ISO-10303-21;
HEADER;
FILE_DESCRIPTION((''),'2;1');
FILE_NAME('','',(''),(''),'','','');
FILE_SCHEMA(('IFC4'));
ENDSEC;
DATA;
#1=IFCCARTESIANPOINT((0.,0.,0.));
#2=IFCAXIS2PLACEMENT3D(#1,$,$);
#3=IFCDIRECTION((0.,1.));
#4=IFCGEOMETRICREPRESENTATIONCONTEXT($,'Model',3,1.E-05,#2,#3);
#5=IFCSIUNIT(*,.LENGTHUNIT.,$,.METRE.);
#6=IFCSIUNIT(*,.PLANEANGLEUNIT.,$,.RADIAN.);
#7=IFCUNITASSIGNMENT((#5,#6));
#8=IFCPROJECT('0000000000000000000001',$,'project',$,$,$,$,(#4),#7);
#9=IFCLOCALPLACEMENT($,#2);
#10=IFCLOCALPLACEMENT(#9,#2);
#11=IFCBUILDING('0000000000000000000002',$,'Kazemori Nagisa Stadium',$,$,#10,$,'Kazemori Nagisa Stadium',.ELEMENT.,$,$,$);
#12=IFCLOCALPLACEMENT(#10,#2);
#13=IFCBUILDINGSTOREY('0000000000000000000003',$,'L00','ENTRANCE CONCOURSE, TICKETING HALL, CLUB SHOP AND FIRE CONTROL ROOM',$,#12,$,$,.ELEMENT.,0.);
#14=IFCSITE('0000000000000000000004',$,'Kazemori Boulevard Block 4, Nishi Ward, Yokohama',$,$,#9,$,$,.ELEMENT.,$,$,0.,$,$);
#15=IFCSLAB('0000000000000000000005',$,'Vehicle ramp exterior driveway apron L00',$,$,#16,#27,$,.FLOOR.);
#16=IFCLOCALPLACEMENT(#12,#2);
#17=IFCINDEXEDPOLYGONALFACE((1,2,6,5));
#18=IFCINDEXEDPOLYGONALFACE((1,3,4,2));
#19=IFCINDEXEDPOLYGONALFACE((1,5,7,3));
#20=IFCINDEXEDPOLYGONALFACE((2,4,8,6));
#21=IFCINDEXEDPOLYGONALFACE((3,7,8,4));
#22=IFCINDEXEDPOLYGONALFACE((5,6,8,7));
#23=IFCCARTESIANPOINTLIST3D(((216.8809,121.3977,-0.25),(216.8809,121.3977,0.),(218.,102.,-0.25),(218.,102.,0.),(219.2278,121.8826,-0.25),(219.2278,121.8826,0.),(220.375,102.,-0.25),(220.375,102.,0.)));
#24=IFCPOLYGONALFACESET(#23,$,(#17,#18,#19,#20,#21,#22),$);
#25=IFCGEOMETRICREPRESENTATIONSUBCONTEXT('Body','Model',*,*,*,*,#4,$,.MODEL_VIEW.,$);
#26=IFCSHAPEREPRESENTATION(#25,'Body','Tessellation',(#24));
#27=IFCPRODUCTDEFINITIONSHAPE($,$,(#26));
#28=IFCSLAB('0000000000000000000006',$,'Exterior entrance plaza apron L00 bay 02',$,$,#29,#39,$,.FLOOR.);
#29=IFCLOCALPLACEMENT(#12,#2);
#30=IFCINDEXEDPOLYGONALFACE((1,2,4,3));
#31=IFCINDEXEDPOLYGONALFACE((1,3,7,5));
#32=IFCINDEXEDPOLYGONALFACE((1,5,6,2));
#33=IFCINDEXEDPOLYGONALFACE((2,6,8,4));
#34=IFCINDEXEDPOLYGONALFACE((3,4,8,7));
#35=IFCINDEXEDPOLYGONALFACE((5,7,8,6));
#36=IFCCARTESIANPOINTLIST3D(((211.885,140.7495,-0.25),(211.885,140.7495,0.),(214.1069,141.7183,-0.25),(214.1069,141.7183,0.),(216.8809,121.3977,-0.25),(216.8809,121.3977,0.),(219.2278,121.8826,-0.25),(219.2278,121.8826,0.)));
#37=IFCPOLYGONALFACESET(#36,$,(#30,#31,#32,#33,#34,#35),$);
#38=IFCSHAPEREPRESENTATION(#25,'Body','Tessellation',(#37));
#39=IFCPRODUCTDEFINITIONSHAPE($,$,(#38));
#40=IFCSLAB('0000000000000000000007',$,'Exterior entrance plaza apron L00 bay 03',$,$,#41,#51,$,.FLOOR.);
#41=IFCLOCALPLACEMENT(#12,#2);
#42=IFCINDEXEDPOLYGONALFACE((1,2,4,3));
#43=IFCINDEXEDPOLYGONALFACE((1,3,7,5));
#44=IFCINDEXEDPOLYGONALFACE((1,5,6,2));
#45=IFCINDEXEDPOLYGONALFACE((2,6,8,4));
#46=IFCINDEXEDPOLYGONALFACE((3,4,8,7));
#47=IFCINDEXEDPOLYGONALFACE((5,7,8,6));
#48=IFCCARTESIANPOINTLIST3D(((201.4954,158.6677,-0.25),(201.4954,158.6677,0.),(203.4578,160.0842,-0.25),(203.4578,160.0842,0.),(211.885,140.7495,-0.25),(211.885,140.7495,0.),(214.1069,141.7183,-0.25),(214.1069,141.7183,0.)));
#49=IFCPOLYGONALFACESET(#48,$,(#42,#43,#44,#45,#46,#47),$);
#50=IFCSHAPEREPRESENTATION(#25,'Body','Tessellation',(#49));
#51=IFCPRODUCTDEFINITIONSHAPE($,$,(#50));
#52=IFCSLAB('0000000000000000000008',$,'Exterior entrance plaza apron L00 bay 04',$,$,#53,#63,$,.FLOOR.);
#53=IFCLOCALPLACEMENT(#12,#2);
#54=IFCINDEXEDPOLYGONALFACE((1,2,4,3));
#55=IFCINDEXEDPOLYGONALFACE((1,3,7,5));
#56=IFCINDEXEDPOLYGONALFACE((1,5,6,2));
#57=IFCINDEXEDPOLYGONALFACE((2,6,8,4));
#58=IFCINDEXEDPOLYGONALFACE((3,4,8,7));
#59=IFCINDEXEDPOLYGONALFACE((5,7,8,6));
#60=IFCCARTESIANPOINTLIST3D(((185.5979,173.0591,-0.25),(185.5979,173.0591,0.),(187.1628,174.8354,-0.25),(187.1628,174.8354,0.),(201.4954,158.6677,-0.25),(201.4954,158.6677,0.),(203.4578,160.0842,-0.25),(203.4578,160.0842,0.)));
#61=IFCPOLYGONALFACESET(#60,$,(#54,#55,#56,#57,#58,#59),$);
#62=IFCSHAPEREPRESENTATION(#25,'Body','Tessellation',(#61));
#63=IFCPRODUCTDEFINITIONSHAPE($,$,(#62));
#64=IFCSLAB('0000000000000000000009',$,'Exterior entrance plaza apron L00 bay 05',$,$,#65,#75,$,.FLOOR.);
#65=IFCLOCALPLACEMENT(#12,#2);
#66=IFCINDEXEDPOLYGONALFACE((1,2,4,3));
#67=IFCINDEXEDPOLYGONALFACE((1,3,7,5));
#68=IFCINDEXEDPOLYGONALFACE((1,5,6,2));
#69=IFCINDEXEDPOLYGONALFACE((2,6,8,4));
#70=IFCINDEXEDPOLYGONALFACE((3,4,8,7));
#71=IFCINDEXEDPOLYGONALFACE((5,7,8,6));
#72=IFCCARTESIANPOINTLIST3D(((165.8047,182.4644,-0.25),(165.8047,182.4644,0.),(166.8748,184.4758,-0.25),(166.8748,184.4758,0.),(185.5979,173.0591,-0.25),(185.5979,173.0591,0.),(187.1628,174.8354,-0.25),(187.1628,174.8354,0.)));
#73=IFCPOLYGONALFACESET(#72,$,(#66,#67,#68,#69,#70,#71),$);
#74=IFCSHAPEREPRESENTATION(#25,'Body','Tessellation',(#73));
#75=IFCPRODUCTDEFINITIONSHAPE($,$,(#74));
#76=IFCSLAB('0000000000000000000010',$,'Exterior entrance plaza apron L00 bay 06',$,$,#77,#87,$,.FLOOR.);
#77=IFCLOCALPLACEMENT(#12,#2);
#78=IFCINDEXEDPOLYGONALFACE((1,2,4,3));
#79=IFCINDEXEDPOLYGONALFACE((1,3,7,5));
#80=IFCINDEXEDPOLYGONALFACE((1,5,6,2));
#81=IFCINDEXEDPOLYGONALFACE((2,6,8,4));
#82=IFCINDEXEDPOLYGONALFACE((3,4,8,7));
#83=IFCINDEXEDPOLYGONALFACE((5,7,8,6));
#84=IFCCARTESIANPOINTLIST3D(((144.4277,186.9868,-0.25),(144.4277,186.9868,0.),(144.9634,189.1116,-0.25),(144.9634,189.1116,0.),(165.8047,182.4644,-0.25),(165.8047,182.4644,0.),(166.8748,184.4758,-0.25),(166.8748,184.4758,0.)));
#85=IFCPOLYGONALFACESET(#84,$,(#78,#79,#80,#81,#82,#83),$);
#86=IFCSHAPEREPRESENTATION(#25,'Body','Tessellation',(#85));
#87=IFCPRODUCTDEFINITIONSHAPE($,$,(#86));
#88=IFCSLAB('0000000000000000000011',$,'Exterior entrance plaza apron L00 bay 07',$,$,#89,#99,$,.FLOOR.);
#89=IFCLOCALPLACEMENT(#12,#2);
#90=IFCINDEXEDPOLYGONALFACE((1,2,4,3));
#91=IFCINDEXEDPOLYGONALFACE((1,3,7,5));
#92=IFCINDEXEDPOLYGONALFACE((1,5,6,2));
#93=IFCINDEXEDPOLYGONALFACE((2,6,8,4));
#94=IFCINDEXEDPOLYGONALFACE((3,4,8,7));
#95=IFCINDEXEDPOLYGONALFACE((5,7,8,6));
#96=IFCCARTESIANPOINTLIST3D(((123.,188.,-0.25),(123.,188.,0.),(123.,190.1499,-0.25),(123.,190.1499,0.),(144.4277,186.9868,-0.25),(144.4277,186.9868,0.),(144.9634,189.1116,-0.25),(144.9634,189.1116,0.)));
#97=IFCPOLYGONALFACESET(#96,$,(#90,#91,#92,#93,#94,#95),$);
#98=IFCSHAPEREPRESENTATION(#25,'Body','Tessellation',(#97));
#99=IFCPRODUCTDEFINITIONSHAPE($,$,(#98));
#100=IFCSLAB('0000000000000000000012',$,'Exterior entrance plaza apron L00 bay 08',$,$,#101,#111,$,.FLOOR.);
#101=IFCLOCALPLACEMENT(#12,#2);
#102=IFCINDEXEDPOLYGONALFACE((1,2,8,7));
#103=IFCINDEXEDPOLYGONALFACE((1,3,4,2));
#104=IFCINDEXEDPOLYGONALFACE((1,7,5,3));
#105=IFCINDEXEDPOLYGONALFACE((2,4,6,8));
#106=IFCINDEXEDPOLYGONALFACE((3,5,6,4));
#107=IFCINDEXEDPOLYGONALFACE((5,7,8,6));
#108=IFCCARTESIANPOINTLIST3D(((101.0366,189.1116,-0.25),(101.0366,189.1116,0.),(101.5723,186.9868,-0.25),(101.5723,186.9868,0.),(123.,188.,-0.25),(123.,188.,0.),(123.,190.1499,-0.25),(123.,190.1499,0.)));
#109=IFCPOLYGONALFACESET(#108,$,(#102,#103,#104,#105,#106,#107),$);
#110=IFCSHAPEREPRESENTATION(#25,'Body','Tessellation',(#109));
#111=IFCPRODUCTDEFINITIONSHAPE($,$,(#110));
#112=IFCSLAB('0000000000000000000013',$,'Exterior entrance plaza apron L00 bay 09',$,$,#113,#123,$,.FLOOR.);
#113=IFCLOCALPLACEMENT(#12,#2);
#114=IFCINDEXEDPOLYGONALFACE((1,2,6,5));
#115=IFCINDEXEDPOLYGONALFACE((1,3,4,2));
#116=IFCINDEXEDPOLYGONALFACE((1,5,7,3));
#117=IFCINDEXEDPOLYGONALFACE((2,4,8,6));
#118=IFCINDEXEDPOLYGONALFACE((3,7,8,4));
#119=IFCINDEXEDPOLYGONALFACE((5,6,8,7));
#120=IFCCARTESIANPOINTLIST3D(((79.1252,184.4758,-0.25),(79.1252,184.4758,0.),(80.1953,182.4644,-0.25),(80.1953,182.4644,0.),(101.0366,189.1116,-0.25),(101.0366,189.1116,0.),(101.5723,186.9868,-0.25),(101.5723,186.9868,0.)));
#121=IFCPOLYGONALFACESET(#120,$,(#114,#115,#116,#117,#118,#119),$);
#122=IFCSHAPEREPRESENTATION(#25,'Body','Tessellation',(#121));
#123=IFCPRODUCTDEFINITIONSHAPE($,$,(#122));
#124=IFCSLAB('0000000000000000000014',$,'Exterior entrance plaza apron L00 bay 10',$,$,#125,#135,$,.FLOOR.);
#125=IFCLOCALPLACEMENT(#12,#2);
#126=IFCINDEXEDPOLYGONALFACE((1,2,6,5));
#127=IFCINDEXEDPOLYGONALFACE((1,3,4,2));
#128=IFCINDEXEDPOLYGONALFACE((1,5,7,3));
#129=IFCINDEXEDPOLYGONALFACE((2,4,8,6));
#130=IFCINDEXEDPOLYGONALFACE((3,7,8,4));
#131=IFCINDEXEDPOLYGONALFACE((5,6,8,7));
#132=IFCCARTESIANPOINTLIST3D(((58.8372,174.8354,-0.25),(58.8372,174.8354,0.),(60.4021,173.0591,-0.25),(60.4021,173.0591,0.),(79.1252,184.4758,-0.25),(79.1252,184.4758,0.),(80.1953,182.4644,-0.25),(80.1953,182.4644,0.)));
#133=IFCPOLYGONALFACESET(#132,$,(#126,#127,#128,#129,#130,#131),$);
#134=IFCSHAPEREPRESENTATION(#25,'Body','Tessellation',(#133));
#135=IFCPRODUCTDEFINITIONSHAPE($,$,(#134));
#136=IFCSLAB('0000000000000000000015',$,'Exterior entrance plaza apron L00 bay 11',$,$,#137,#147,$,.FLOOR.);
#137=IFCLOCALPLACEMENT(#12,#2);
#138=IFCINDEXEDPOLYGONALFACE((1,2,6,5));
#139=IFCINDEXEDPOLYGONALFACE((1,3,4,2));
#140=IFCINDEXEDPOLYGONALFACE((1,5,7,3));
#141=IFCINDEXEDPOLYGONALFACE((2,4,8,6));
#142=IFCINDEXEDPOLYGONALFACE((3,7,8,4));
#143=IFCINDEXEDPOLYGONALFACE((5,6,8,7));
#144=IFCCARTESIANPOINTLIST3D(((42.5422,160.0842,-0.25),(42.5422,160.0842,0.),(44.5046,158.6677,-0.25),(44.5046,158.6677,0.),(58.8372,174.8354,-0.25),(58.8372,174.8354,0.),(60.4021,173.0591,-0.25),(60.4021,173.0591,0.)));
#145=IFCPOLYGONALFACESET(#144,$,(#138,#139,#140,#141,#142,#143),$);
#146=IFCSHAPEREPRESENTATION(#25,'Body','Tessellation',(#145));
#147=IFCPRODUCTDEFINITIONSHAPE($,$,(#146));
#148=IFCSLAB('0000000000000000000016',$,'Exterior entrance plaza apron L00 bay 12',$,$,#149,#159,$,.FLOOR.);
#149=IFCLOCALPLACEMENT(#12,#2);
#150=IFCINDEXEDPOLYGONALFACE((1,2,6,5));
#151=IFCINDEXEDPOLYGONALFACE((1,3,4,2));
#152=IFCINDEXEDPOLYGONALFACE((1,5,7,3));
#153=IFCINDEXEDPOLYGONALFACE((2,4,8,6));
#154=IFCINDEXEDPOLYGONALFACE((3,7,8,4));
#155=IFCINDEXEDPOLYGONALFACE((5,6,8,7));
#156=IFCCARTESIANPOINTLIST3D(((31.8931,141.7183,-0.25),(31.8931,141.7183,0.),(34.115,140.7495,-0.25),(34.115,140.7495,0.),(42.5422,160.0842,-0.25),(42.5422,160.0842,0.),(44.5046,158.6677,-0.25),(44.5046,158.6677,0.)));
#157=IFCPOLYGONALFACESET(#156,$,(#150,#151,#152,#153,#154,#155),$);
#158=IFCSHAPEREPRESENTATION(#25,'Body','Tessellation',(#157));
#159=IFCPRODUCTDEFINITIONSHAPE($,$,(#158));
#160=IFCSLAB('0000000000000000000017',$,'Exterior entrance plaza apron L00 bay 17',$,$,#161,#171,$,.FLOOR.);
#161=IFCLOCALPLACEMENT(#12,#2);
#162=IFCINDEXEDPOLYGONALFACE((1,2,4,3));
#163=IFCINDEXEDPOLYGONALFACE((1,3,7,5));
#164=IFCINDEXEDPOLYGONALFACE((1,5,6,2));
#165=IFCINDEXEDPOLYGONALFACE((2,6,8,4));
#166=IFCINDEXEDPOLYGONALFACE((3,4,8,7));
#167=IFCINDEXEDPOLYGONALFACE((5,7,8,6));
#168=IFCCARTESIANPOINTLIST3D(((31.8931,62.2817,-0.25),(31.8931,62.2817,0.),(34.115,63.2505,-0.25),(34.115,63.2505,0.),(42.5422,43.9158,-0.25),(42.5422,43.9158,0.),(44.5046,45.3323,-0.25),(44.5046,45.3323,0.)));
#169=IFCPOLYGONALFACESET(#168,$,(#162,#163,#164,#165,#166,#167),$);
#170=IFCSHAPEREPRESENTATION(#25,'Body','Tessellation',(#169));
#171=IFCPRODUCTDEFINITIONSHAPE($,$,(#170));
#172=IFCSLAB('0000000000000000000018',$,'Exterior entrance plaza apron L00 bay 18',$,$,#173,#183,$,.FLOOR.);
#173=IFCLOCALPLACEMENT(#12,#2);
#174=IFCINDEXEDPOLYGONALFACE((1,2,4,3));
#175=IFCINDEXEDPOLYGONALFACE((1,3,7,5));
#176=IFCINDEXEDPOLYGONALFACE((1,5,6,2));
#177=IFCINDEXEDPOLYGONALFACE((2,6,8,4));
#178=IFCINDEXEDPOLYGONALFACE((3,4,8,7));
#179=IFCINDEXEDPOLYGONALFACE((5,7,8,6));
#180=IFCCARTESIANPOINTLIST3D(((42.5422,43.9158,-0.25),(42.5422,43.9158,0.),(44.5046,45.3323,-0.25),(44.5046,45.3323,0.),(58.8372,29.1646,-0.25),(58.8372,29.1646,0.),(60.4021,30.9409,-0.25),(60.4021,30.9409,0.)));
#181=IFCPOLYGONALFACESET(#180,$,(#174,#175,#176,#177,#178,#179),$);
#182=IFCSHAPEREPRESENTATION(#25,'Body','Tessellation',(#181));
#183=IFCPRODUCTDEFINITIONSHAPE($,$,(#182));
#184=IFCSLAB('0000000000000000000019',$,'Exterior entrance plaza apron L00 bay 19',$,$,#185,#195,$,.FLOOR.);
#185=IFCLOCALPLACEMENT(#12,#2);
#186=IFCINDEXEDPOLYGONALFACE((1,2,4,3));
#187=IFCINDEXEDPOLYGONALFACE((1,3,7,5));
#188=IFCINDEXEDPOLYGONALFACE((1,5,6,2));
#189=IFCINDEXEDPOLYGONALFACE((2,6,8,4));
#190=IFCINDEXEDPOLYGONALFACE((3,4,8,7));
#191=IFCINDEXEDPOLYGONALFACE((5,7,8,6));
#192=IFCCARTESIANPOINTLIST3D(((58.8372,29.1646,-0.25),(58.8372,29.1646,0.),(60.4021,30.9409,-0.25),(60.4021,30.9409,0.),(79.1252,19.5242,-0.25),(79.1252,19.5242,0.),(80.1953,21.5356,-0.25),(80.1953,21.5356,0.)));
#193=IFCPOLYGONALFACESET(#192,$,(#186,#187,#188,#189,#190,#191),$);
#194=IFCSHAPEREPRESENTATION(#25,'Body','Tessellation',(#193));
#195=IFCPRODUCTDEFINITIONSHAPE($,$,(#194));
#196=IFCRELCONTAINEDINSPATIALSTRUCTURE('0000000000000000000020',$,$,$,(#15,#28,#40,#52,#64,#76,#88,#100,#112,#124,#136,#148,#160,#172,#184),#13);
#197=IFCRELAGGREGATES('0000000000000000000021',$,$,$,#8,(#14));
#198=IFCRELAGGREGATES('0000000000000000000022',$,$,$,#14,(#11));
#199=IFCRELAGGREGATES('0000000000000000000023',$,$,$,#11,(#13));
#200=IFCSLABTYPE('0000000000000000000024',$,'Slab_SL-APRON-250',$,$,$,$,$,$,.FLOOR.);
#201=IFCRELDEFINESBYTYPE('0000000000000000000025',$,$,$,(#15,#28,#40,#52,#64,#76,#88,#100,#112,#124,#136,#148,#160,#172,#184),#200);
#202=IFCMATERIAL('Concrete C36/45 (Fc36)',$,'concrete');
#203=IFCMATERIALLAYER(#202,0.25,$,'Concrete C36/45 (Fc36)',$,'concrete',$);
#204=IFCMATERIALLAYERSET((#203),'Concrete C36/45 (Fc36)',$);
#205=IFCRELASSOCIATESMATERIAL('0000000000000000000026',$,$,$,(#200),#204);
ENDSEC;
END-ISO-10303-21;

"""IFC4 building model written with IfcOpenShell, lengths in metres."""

from ifc_helpers import new_model, si_unit, direction, frame, origin, place, context, subcontext, project, spatial, polyline, outline, extrude, material, layer, layer_set, type_object, element, save


model = new_model("IFC4")

# Units and contexts
model_context = context("Model", 3, precision=1e-05, world=origin(), true_north=direction((0.0, 1.0)))
body_context = subcontext(model_context, "Body", "Model", "MODEL_VIEW")
ifc_project = project(units=[si_unit("LENGTHUNIT", "METRE"), si_unit("PLANEANGLEUNIT", "RADIAN")], contexts=[model_context])

# Site, building, storey
site_placement = place(None, origin())
site = spatial("IfcSite", under=ifc_project, at=site_placement, Name="Kazemori Boulevard Block 4, Nishi Ward, Yokohama", CompositionType="ELEMENT", RefElevation=0.0)
building_placement = place(site_placement, origin())
building = spatial("IfcBuilding", under=site, at=building_placement, Name="Kazemori Nagisa Stadium", LongName="Kazemori Nagisa Stadium", CompositionType="ELEMENT")
storey_placement = place(building_placement, origin())
storey = spatial("IfcBuildingStorey", under=building, at=storey_placement, Name="L00", Description="ENTRANCE CONCOURSE, TICKETING HALL, CLUB SHOP AND FIRE CONTROL ROOM", CompositionType="ELEMENT", Elevation=0.0)

# Slabs
ifc_material = material(Name="Concrete C36/45 (Fc36)", Category="concrete")
ifc_layer_1 = layer(ifc_material, 0.25, Name="Concrete C36/45 (Fc36)", Category="concrete")
ifc_layer_set_1 = layer_set([ifc_layer_1], Name="Concrete C36/45 (Fc36)")
slab_type_1 = type_object("IfcSlabType", Name="Slab_SL-APRON-250", PredefinedType="FLOOR", material=ifc_layer_set_1)
slab_1_placement = place(storey_placement, frame((0.0, 0.0, -0.25)))
element("IfcSlab", 1, at=slab_1_placement, inside=storey, type_object=slab_type_1, Name="Vehicle ramp exterior driveway apron L00", PredefinedType="FLOOR", context=body_context, shape_type="SweptSolid", body=[
    extrude(outline(polyline([(218.0, 102.0), (216.8809, 121.3977), (219.2278, 121.8826), (220.375, 102.0), (218.0, 102.0)])), origin(), (0.0, 0.0, 1.0), 0.25),
])
slab_2_placement = place(storey_placement, frame((0.0, 0.0, -0.25)))
element("IfcSlab", 2, at=slab_2_placement, inside=storey, type_object=slab_type_1, Name="Exterior entrance plaza apron L00 bay 02", PredefinedType="FLOOR", context=body_context, shape_type="SweptSolid", body=[
    extrude(outline(polyline([(216.8809, 121.3977), (211.885, 140.7495), (214.1069, 141.7183), (219.2278, 121.8826), (216.8809, 121.3977)])), origin(), (0.0, 0.0, 1.0), 0.25),
])
slab_3_placement = place(storey_placement, frame((0.0, 0.0, -0.25)))
element("IfcSlab", 3, at=slab_3_placement, inside=storey, type_object=slab_type_1, Name="Exterior entrance plaza apron L00 bay 03", PredefinedType="FLOOR", context=body_context, shape_type="SweptSolid", body=[
    extrude(outline(polyline([(211.885, 140.7495), (201.4954, 158.6677), (203.4578, 160.0842), (214.1069, 141.7183), (211.885, 140.7495)])), origin(), (0.0, 0.0, 1.0), 0.25),
])
slab_4_placement = place(storey_placement, frame((0.0, 0.0, -0.25)))
element("IfcSlab", 4, at=slab_4_placement, inside=storey, type_object=slab_type_1, Name="Exterior entrance plaza apron L00 bay 04", PredefinedType="FLOOR", context=body_context, shape_type="SweptSolid", body=[
    extrude(outline(polyline([(201.4954, 158.6677), (185.5979, 173.0591), (187.1628, 174.8354), (203.4578, 160.0842), (201.4954, 158.6677)])), origin(), (0.0, 0.0, 1.0), 0.25),
])
slab_5_placement = place(storey_placement, frame((0.0, 0.0, -0.25)))
element("IfcSlab", 5, at=slab_5_placement, inside=storey, type_object=slab_type_1, Name="Exterior entrance plaza apron L00 bay 05", PredefinedType="FLOOR", context=body_context, shape_type="SweptSolid", body=[
    extrude(outline(polyline([(185.5979, 173.0591), (165.8047, 182.4644), (166.8748, 184.4758), (187.1628, 174.8354), (185.5979, 173.0591)])), origin(), (0.0, 0.0, 1.0), 0.25),
])
slab_6_placement = place(storey_placement, frame((0.0, 0.0, -0.25)))
element("IfcSlab", 6, at=slab_6_placement, inside=storey, type_object=slab_type_1, Name="Exterior entrance plaza apron L00 bay 06", PredefinedType="FLOOR", context=body_context, shape_type="SweptSolid", body=[
    extrude(outline(polyline([(165.8047, 182.4644), (144.4277, 186.9868), (144.9634, 189.1116), (166.8748, 184.4758), (165.8047, 182.4644)])), origin(), (0.0, 0.0, 1.0), 0.25),
])
slab_7_placement = place(storey_placement, frame((0.0, 0.0, -0.25)))
element("IfcSlab", 7, at=slab_7_placement, inside=storey, type_object=slab_type_1, Name="Exterior entrance plaza apron L00 bay 07", PredefinedType="FLOOR", context=body_context, shape_type="SweptSolid", body=[
    extrude(outline(polyline([(144.4277, 186.9868), (123.0, 188.0), (123.0, 190.1499), (144.9634, 189.1116), (144.4277, 186.9868)])), origin(), (0.0, 0.0, 1.0), 0.25),
])
slab_8_placement = place(storey_placement, frame((0.0, 0.0, -0.25)))
element("IfcSlab", 8, at=slab_8_placement, inside=storey, type_object=slab_type_1, Name="Exterior entrance plaza apron L00 bay 08", PredefinedType="FLOOR", context=body_context, shape_type="SweptSolid", body=[
    extrude(outline(polyline([(123.0, 188.0), (101.5723, 186.9868), (101.0366, 189.1116), (123.0, 190.1499), (123.0, 188.0)])), origin(), (0.0, 0.0, 1.0), 0.25),
])
slab_9_placement = place(storey_placement, frame((0.0, 0.0, -0.25)))
element("IfcSlab", 9, at=slab_9_placement, inside=storey, type_object=slab_type_1, Name="Exterior entrance plaza apron L00 bay 09", PredefinedType="FLOOR", context=body_context, shape_type="SweptSolid", body=[
    extrude(outline(polyline([(101.5723, 186.9868), (80.1953, 182.4644), (79.1252, 184.4758), (101.0366, 189.1116), (101.5723, 186.9868)])), origin(), (0.0, 0.0, 1.0), 0.25),
])
slab_10_placement = place(storey_placement, frame((0.0, 0.0, -0.25)))
element("IfcSlab", 10, at=slab_10_placement, inside=storey, type_object=slab_type_1, Name="Exterior entrance plaza apron L00 bay 10", PredefinedType="FLOOR", context=body_context, shape_type="SweptSolid", body=[
    extrude(outline(polyline([(80.1953, 182.4644), (60.4021, 173.0591), (58.8372, 174.8354), (79.1252, 184.4758), (80.1953, 182.4644)])), origin(), (0.0, 0.0, 1.0), 0.25),
])
slab_11_placement = place(storey_placement, frame((0.0, 0.0, -0.25)))
element("IfcSlab", 11, at=slab_11_placement, inside=storey, type_object=slab_type_1, Name="Exterior entrance plaza apron L00 bay 11", PredefinedType="FLOOR", context=body_context, shape_type="SweptSolid", body=[
    extrude(outline(polyline([(60.4021, 173.0591), (44.5046, 158.6677), (42.5422, 160.0842), (58.8372, 174.8354), (60.4021, 173.0591)])), origin(), (0.0, 0.0, 1.0), 0.25),
])
slab_12_placement = place(storey_placement, frame((0.0, 0.0, -0.25)))
element("IfcSlab", 12, at=slab_12_placement, inside=storey, type_object=slab_type_1, Name="Exterior entrance plaza apron L00 bay 12", PredefinedType="FLOOR", context=body_context, shape_type="SweptSolid", body=[
    extrude(outline(polyline([(44.5046, 158.6677), (34.115, 140.7495), (31.8931, 141.7183), (42.5422, 160.0842), (44.5046, 158.6677)])), origin(), (0.0, 0.0, 1.0), 0.25),
])
slab_13_placement = place(storey_placement, frame((0.0, 0.0, -0.25)))
element("IfcSlab", 13, at=slab_13_placement, inside=storey, type_object=slab_type_1, Name="Exterior entrance plaza apron L00 bay 17", PredefinedType="FLOOR", context=body_context, shape_type="SweptSolid", body=[
    extrude(outline(polyline([(34.115, 63.2505), (44.5046, 45.3323), (42.5422, 43.9158), (31.8931, 62.2817), (34.115, 63.2505)])), origin(), (0.0, 0.0, 1.0), 0.25),
])
slab_14_placement = place(storey_placement, frame((0.0, 0.0, -0.25)))
element("IfcSlab", 14, at=slab_14_placement, inside=storey, type_object=slab_type_1, Name="Exterior entrance plaza apron L00 bay 18", PredefinedType="FLOOR", context=body_context, shape_type="SweptSolid", body=[
    extrude(outline(polyline([(44.5046, 45.3323), (60.4021, 30.9409), (58.8372, 29.1646), (42.5422, 43.9158), (44.5046, 45.3323)])), origin(), (0.0, 0.0, 1.0), 0.25),
])
slab_15_placement = place(storey_placement, frame((0.0, 0.0, -0.25)))
element("IfcSlab", 15, at=slab_15_placement, inside=storey, type_object=slab_type_1, Name="Exterior entrance plaza apron L00 bay 19", PredefinedType="FLOOR", context=body_context, shape_type="SweptSolid", body=[
    extrude(outline(polyline([(60.4021, 30.9409), (80.1953, 21.5356), (79.1252, 19.5242), (58.8372, 29.1646), (60.4021, 30.9409)])), origin(), (0.0, 0.0, 1.0), 0.25),
])

save(model, "model.ifc")
